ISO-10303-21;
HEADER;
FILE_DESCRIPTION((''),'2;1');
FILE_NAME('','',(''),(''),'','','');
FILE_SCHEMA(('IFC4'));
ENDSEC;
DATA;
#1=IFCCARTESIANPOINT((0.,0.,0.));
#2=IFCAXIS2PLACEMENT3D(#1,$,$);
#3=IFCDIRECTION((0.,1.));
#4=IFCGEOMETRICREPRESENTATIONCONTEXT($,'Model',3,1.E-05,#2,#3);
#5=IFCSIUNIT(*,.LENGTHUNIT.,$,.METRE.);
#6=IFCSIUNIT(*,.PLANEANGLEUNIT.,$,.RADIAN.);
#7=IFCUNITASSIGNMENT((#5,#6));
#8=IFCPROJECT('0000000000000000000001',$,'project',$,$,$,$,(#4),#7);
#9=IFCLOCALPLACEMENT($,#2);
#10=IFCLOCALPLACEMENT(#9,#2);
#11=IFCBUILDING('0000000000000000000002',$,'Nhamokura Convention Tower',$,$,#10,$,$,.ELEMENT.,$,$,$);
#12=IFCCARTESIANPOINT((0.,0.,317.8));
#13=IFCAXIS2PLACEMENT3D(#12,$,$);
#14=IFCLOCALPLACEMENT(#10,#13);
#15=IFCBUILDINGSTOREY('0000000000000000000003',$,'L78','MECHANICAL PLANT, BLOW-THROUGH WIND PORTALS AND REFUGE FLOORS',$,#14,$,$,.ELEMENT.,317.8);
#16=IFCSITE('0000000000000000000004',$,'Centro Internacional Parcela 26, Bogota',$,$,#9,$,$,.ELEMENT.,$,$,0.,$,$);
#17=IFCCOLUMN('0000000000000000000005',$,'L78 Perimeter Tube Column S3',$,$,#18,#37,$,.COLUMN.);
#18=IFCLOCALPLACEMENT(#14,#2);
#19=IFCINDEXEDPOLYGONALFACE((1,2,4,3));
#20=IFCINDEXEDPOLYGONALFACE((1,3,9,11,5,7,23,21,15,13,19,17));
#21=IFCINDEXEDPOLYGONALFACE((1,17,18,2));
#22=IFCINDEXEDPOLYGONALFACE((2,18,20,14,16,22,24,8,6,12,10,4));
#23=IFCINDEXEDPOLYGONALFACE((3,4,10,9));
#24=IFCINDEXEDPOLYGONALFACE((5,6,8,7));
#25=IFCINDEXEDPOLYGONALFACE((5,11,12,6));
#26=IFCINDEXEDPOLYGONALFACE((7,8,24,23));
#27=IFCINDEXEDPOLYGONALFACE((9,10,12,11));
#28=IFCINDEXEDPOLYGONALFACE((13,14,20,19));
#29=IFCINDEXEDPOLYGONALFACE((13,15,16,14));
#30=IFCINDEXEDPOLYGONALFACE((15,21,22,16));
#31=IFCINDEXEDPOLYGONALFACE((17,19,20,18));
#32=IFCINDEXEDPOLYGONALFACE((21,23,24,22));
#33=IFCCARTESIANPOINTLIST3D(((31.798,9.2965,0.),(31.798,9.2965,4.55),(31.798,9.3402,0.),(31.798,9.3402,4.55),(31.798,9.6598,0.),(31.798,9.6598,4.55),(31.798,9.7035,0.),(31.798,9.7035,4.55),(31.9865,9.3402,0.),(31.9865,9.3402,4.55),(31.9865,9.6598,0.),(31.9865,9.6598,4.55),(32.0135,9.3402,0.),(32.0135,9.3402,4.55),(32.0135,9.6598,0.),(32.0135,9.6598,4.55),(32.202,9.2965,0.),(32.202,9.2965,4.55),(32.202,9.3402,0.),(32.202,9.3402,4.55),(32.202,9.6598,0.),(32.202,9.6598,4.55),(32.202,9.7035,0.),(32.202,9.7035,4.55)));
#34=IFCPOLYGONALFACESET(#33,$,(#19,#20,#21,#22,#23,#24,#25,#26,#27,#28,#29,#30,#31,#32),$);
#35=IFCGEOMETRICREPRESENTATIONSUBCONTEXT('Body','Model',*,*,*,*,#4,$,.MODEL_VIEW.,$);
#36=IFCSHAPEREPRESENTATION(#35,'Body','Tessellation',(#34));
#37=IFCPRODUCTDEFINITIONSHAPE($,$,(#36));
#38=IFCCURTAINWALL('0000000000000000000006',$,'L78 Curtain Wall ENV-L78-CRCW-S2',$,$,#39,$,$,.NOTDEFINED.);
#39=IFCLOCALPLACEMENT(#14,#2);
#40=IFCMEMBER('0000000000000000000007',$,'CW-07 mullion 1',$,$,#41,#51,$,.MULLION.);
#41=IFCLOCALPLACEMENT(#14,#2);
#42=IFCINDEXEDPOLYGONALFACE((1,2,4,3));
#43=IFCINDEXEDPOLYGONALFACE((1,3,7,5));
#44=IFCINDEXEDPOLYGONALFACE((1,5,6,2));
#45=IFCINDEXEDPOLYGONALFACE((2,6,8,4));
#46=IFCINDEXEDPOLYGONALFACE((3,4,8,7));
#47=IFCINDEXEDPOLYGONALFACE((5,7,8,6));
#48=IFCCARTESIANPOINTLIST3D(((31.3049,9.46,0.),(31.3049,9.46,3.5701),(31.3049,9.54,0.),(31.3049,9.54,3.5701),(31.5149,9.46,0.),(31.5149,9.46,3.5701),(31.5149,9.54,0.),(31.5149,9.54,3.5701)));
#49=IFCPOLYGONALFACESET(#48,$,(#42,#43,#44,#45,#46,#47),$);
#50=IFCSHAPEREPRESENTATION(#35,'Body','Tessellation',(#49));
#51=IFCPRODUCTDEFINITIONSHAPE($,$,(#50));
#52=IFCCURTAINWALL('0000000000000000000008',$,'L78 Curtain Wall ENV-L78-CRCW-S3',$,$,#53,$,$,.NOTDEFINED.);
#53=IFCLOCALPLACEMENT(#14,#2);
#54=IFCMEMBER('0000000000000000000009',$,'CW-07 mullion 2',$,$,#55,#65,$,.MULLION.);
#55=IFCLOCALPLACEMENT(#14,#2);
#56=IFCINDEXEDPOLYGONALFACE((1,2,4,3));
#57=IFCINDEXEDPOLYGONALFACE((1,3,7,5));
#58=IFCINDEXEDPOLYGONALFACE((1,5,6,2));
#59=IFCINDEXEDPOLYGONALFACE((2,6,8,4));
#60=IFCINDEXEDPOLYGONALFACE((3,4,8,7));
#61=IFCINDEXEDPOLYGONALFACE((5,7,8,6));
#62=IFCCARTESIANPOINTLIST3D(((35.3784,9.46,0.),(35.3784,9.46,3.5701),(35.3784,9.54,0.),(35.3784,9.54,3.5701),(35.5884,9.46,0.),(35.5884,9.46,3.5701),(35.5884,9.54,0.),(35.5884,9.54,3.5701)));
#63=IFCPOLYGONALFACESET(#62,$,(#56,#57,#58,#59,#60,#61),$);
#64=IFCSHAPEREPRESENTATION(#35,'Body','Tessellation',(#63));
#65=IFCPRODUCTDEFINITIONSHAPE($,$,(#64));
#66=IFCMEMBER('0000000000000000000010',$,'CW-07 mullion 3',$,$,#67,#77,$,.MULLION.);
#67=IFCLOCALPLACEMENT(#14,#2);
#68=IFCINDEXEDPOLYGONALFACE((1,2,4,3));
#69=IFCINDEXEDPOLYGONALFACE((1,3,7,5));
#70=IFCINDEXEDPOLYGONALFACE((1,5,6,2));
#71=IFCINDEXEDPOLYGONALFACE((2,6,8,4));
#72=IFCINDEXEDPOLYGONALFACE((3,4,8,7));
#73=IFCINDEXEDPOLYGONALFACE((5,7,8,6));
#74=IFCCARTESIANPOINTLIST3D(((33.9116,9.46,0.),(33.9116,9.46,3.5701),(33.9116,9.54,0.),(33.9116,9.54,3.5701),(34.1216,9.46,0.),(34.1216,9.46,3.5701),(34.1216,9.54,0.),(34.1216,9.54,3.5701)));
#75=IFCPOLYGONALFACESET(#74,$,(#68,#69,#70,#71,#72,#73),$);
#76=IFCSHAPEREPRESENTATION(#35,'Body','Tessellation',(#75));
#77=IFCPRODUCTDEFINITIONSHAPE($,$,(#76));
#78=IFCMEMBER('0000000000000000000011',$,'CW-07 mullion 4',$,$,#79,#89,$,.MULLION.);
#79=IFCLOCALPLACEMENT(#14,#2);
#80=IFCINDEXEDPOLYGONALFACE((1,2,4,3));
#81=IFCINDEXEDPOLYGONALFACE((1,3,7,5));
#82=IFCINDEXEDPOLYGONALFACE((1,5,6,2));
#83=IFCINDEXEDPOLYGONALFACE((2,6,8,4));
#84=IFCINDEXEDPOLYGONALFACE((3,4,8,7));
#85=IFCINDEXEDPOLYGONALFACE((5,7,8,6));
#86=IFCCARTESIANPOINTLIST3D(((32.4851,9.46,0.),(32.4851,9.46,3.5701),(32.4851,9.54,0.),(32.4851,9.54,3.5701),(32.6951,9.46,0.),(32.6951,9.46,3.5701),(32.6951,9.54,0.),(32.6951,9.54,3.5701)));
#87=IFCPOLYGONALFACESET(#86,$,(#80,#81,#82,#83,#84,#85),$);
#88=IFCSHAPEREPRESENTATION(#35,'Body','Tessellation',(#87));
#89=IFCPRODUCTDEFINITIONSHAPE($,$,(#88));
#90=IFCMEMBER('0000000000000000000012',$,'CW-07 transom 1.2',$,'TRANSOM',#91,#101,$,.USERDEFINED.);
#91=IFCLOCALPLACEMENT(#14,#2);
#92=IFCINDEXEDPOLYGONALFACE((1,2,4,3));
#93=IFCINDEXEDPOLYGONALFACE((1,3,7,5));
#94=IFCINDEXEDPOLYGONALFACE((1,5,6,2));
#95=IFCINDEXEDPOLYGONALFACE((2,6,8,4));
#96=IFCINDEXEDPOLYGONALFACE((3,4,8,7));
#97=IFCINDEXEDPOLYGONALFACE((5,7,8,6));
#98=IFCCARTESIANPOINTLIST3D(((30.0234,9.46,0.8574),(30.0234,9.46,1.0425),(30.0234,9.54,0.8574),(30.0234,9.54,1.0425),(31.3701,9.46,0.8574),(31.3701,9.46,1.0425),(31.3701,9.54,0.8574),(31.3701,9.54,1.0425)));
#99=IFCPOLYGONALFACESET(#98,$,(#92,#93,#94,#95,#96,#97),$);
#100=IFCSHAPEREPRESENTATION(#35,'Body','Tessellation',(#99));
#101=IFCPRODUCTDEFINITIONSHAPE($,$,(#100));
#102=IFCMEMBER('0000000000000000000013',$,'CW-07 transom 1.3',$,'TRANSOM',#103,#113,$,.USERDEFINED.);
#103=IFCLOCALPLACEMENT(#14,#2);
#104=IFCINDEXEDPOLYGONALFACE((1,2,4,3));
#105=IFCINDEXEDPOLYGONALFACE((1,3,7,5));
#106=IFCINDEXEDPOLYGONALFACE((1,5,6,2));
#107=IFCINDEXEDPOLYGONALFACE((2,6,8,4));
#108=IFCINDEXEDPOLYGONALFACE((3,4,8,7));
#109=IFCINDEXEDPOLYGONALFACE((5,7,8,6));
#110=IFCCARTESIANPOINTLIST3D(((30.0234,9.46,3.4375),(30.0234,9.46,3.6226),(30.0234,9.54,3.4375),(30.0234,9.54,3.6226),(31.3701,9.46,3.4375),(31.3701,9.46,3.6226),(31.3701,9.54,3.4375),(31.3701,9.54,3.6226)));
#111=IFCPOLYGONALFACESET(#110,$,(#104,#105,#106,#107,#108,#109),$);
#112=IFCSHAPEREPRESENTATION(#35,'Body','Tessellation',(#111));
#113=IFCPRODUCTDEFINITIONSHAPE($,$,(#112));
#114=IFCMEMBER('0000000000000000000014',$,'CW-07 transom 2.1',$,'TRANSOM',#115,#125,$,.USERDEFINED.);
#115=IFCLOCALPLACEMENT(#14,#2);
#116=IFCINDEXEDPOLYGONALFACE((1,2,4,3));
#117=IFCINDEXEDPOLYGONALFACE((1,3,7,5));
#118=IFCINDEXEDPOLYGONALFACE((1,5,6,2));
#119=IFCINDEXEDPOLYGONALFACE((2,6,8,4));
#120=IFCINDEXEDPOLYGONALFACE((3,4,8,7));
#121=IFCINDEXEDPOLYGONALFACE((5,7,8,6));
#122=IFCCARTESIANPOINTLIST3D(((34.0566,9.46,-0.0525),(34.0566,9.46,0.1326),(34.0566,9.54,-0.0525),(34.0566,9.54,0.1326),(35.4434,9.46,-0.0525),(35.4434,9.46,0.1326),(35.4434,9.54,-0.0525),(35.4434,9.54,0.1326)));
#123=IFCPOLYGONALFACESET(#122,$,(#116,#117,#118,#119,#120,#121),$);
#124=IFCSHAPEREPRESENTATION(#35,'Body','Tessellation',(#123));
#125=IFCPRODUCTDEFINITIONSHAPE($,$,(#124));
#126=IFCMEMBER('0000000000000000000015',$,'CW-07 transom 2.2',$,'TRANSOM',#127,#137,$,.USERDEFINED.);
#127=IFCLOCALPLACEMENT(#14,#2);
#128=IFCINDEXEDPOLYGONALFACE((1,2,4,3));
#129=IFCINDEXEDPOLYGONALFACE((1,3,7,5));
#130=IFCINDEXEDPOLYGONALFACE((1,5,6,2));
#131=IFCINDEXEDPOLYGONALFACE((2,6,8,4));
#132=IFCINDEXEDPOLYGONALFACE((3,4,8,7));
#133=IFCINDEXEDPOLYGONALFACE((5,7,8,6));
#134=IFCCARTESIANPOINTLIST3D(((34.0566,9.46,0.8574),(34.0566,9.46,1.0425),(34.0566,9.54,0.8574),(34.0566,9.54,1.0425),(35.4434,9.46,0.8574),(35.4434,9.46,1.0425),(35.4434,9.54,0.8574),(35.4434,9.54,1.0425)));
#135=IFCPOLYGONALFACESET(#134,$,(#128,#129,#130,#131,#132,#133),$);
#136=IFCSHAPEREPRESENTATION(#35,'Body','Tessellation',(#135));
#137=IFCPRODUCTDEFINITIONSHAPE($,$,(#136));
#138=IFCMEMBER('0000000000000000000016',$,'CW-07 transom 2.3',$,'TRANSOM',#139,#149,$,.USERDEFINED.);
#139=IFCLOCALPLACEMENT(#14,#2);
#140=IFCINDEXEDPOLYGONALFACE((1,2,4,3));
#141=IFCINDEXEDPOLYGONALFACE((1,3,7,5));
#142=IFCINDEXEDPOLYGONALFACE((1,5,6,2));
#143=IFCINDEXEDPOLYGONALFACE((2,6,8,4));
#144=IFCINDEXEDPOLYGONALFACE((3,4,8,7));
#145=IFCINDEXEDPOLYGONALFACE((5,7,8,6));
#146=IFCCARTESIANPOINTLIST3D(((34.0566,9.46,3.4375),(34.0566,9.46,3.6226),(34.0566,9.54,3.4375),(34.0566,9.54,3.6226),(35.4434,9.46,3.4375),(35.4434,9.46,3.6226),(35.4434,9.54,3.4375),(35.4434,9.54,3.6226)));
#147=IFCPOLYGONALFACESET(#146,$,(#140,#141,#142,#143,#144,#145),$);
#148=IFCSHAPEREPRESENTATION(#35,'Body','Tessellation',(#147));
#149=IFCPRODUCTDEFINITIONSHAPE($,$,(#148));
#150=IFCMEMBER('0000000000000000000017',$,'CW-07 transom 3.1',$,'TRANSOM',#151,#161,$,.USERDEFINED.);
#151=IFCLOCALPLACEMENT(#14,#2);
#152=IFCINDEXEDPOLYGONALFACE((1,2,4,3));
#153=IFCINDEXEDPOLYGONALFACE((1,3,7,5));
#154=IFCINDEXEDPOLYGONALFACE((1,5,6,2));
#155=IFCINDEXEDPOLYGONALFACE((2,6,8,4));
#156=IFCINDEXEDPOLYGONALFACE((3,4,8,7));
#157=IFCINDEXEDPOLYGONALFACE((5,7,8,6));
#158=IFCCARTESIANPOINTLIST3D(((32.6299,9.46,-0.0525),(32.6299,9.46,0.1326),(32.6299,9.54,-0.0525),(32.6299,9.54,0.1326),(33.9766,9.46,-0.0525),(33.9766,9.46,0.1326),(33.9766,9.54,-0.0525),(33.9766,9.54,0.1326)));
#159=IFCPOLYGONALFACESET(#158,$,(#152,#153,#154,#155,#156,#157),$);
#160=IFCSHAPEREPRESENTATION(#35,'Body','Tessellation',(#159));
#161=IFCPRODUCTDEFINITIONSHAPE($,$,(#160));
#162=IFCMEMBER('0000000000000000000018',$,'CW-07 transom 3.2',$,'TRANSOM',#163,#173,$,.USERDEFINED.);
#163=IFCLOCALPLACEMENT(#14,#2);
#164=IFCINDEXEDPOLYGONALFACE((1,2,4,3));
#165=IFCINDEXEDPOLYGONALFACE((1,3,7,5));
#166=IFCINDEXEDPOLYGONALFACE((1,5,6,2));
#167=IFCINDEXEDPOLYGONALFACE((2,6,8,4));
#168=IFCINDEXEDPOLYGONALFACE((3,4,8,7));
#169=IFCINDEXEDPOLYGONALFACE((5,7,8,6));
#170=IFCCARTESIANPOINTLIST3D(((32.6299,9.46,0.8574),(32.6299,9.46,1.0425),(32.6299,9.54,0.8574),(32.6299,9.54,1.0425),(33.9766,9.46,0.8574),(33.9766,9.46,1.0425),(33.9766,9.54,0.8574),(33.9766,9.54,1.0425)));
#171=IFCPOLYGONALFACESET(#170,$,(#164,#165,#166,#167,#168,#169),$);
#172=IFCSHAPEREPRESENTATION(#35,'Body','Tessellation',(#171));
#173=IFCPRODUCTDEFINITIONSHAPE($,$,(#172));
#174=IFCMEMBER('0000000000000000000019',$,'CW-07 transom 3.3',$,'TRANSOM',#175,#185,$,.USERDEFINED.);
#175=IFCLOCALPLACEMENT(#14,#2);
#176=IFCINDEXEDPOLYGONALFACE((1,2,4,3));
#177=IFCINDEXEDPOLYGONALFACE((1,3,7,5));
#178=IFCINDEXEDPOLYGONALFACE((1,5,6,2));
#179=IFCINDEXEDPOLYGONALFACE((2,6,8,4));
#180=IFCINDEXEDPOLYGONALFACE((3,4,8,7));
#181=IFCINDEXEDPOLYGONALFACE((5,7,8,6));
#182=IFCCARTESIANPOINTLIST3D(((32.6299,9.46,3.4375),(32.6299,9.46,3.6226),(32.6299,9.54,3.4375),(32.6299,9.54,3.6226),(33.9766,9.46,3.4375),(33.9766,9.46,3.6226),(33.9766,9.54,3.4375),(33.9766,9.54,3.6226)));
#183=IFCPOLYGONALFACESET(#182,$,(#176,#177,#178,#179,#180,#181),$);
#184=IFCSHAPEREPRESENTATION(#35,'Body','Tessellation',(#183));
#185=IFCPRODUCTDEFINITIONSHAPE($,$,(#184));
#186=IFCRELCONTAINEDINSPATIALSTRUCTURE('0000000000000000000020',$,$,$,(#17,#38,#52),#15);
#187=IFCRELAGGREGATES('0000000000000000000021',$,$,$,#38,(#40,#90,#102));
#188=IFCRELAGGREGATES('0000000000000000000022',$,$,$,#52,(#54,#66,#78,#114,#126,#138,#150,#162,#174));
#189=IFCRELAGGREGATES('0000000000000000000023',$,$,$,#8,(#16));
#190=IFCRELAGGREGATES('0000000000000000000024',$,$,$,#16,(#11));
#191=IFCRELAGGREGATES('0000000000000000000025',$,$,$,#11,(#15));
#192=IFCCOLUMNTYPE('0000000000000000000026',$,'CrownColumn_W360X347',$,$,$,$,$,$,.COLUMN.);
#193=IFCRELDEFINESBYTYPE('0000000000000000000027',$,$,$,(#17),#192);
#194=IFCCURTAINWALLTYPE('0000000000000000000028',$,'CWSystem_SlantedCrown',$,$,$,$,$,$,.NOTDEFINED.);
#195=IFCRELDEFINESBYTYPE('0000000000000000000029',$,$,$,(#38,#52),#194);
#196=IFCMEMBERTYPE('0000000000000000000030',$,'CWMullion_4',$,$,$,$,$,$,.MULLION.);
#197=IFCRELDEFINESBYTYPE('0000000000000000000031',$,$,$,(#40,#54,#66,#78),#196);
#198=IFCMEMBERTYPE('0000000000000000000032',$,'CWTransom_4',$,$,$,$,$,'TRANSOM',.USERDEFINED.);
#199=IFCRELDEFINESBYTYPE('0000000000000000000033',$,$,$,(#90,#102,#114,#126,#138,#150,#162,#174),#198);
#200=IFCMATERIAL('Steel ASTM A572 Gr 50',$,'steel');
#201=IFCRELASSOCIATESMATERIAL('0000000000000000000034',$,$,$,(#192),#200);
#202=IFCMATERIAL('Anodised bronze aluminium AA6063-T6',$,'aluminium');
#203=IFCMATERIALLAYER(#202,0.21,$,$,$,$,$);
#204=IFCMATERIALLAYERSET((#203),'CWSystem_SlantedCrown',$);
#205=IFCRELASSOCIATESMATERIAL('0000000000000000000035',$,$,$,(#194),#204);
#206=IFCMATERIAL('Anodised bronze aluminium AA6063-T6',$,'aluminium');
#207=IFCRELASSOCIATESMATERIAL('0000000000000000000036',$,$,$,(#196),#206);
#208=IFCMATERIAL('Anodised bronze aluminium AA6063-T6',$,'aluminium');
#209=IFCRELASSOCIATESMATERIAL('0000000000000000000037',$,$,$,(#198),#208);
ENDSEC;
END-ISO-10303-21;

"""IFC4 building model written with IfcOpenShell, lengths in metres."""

from ifc_helpers import new_model, si_unit, direction, frame, origin, origin_2d, place, context, subcontext, project, spatial, rectangle, i_section, extrude, material, layer, layer_set, material_profile, profile_set, type_object, element, aggregate, save


model = new_model("IFC4")

# Units and contexts
model_context = context("Model", 3, precision=1e-05, world=origin(), true_north=direction((0.0, 1.0)))
body_context = subcontext(model_context, "Body", "Model", "MODEL_VIEW")
ifc_project = project(units=[si_unit("LENGTHUNIT", "METRE"), si_unit("PLANEANGLEUNIT", "RADIAN")], contexts=[model_context])

# Site, building, storey
site_placement = place(None, origin())
site = spatial("IfcSite", under=ifc_project, at=site_placement, Name="Centro Internacional Parcela 26, Bogota", CompositionType="ELEMENT", RefElevation=0.0)
building_placement = place(site_placement, origin())
building = spatial("IfcBuilding", under=site, at=building_placement, Name="Nhamokura Convention Tower", CompositionType="ELEMENT")
storey_placement = place(building_placement, frame((0.0, 0.0, 317.8)))
storey = spatial("IfcBuildingStorey", under=building, at=storey_placement, Name="L78", Description="MECHANICAL PLANT, BLOW-THROUGH WIND PORTALS AND REFUGE FLOORS", CompositionType="ELEMENT", Elevation=317.8)

# Column
ifc_material_1 = material(Name="Steel ASTM A572 Gr 50", Category="steel")
ifc_material_profile_1 = material_profile(ifc_material_1, i_section(OverallWidth=0.4041, OverallDepth=0.407, WebThickness=0.0271, FlangeThickness=0.0437, at=origin_2d()))
ifc_profile_set_1 = profile_set([ifc_material_profile_1], Name="Steel ASTM A572 Gr 50")
column_type = type_object("IfcColumnType", Name="CrownColumn_W360X347", PredefinedType="COLUMN", material=ifc_profile_set_1)
column_placement = place(storey_placement, frame((32.0, 9.5, 0.0), z_axis=(0.0, 0.0, 1.0), x_axis=(1.0, 0.0, 0.0)))
element("IfcColumn", 1, at=column_placement, inside=storey, type_object=column_type, Name="L78 Perimeter Tube Column S3", PredefinedType="COLUMN", context=body_context, shape_type="SweptSolid", body=[
    extrude(i_section(OverallWidth=0.4041, OverallDepth=0.407, WebThickness=0.0271, FlangeThickness=0.0437, at=origin_2d()), origin(), (0.0, 0.0, 1.0), 4.55),
])

# Curtain wall, member
ifc_material_2 = material(Name="Anodised bronze aluminium AA6063-T6", Category="aluminium")
ifc_layer_1 = layer(ifc_material_2, 0.21)
ifc_layer_set_1 = layer_set([ifc_layer_1], Name="CWSystem_SlantedCrown")
curtain_wall_type = type_object("IfcCurtainWallType", Name="CWSystem_SlantedCrown", PredefinedType="NOTDEFINED", material=ifc_layer_set_1)
curtain_wall_1_placement = place(storey_placement, origin())
curtain_wall_1 = element("IfcCurtainWall", 2, at=curtain_wall_1_placement, inside=storey, type_object=curtain_wall_type, Name="L78 Curtain Wall ENV-L78-CRCW-S2", PredefinedType="NOTDEFINED")
ifc_material_3 = material(Name="Anodised bronze aluminium AA6063-T6", Category="aluminium")
ifc_material_profile_2 = material_profile(ifc_material_3, rectangle(XDim=0.0801, YDim=0.21, at=origin_2d()))
ifc_profile_set_2 = profile_set([ifc_material_profile_2], Name="Anodised bronze aluminium AA6063-T6")
member_type_1 = type_object("IfcMemberType", Name="CWMullion_4", PredefinedType="MULLION", material=ifc_profile_set_2)
member_1_placement = place(storey_placement, frame((31.4099, 9.5, 0.0), z_axis=(0.0, 0.0, 1.0), x_axis=(0.0, -1.0, 0.0)))
member_1 = element("IfcMember", 3, at=member_1_placement, type_object=member_type_1, Name="CW-07 mullion 1", PredefinedType="MULLION", context=body_context, shape_type="SweptSolid", body=[
    extrude(rectangle(XDim=0.0801, YDim=0.21, at=origin_2d()), origin(), (0.0, 0.0, 1.0), 3.5701),
])

# Curtain wall, members
curtain_wall_2_placement = place(storey_placement, origin())
curtain_wall_2 = element("IfcCurtainWall", 4, at=curtain_wall_2_placement, inside=storey, type_object=curtain_wall_type, Name="L78 Curtain Wall ENV-L78-CRCW-S3", PredefinedType="NOTDEFINED")
member_2_placement = place(storey_placement, frame((35.4834, 9.5, 0.0), z_axis=(0.0, 0.0, 1.0), x_axis=(0.0, -1.0, 0.0)))
member_2 = element("IfcMember", 5, at=member_2_placement, type_object=member_type_1, Name="CW-07 mullion 2", PredefinedType="MULLION", context=body_context, shape_type="SweptSolid", body=[
    extrude(rectangle(XDim=0.0801, YDim=0.21, at=origin_2d()), origin(), (0.0, 0.0, 1.0), 3.5701),
])
member_3_placement = place(storey_placement, frame((34.0166, 9.5, 0.0), z_axis=(0.0, 0.0, 1.0), x_axis=(0.0, -1.0, 0.0)))
member_3 = element("IfcMember", 6, at=member_3_placement, type_object=member_type_1, Name="CW-07 mullion 3", PredefinedType="MULLION", context=body_context, shape_type="SweptSolid", body=[
    extrude(rectangle(XDim=0.0801, YDim=0.21, at=origin_2d()), origin(), (0.0, 0.0, 1.0), 3.5701),
])
member_4_placement = place(storey_placement, frame((32.5901, 9.5, 0.0), z_axis=(0.0, 0.0, 1.0), x_axis=(0.0, -1.0, 0.0)))
member_4 = element("IfcMember", 7, at=member_4_placement, type_object=member_type_1, Name="CW-07 mullion 4", PredefinedType="MULLION", context=body_context, shape_type="SweptSolid", body=[
    extrude(rectangle(XDim=0.0801, YDim=0.21, at=origin_2d()), origin(), (0.0, 0.0, 1.0), 3.5701),
])

# Members
ifc_material_4 = material(Name="Anodised bronze aluminium AA6063-T6", Category="aluminium")
ifc_material_profile_3 = material_profile(ifc_material_4, rectangle(XDim=0.0801, YDim=0.1851, at=origin_2d()))
ifc_profile_set_3 = profile_set([ifc_material_profile_3], Name="Anodised bronze aluminium AA6063-T6")
member_type_2 = type_object("IfcMemberType", Name="CWTransom_4", ElementType="TRANSOM", PredefinedType="USERDEFINED", material=ifc_profile_set_3)
member_5_placement = place(storey_placement, frame((31.3701, 9.5, 0.95), z_axis=(-1.0, 0.0, 0.0), x_axis=(0.0, -1.0, 0.0)))
member_5 = element("IfcMember", 8, at=member_5_placement, type_object=member_type_2, Name="CW-07 transom 1.2", ObjectType="TRANSOM", PredefinedType="USERDEFINED", context=body_context, shape_type="SweptSolid", body=[
    extrude(rectangle(XDim=0.0801, YDim=0.1851, at=origin_2d()), origin(), (0.0, 0.0, 1.0), 1.3467),
])
member_6_placement = place(storey_placement, frame((31.3701, 9.5, 3.53), z_axis=(-1.0, 0.0, 0.0), x_axis=(0.0, -1.0, 0.0)))
member_6 = element("IfcMember", 9, at=member_6_placement, type_object=member_type_2, Name="CW-07 transom 1.3", ObjectType="TRANSOM", PredefinedType="USERDEFINED", context=body_context, shape_type="SweptSolid", body=[
    extrude(rectangle(XDim=0.0801, YDim=0.1851, at=origin_2d()), origin(), (0.0, 0.0, 1.0), 1.3467),
])
aggregate(curtain_wall_1, [member_1, member_5, member_6])
member_7_placement = place(storey_placement, frame((35.4434, 9.5, 0.04), z_axis=(-1.0, 0.0, 0.0), x_axis=(0.0, -1.0, 0.0)))
member_7 = element("IfcMember", 10, at=member_7_placement, type_object=member_type_2, Name="CW-07 transom 2.1", ObjectType="TRANSOM", PredefinedType="USERDEFINED", context=body_context, shape_type="SweptSolid", body=[
    extrude(rectangle(XDim=0.0801, YDim=0.1851, at=origin_2d()), origin(), (0.0, 0.0, 1.0), 1.3867),
])
member_8_placement = place(storey_placement, frame((35.4434, 9.5, 0.95), z_axis=(-1.0, 0.0, 0.0), x_axis=(0.0, -1.0, 0.0)))
member_8 = element("IfcMember", 11, at=member_8_placement, type_object=member_type_2, Name="CW-07 transom 2.2", ObjectType="TRANSOM", PredefinedType="USERDEFINED", context=body_context, shape_type="SweptSolid", body=[
    extrude(rectangle(XDim=0.0801, YDim=0.1851, at=origin_2d()), origin(), (0.0, 0.0, 1.0), 1.3867),
])
member_9_placement = place(storey_placement, frame((35.4434, 9.5, 3.53), z_axis=(-1.0, 0.0, 0.0), x_axis=(0.0, -1.0, 0.0)))
member_9 = element("IfcMember", 12, at=member_9_placement, type_object=member_type_2, Name="CW-07 transom 2.3", ObjectType="TRANSOM", PredefinedType="USERDEFINED", context=body_context, shape_type="SweptSolid", body=[
    extrude(rectangle(XDim=0.0801, YDim=0.1851, at=origin_2d()), origin(), (0.0, 0.0, 1.0), 1.3867),
])
member_10_placement = place(storey_placement, frame((33.9766, 9.5, 0.04), z_axis=(-1.0, 0.0, 0.0), x_axis=(0.0, -1.0, 0.0)))
member_10 = element("IfcMember", 13, at=member_10_placement, type_object=member_type_2, Name="CW-07 transom 3.1", ObjectType="TRANSOM", PredefinedType="USERDEFINED", context=body_context, shape_type="SweptSolid", body=[
    extrude(rectangle(XDim=0.0801, YDim=0.1851, at=origin_2d()), origin(), (0.0, 0.0, 1.0), 1.3467),
])
member_11_placement = place(storey_placement, frame((33.9766, 9.5, 0.95), z_axis=(-1.0, 0.0, 0.0), x_axis=(0.0, -1.0, 0.0)))
member_11 = element("IfcMember", 14, at=member_11_placement, type_object=member_type_2, Name="CW-07 transom 3.2", ObjectType="TRANSOM", PredefinedType="USERDEFINED", context=body_context, shape_type="SweptSolid", body=[
    extrude(rectangle(XDim=0.0801, YDim=0.1851, at=origin_2d()), origin(), (0.0, 0.0, 1.0), 1.3467),
])
member_12_placement = place(storey_placement, frame((33.9766, 9.5, 3.53), z_axis=(-1.0, 0.0, 0.0), x_axis=(0.0, -1.0, 0.0)))
member_12 = element("IfcMember", 15, at=member_12_placement, type_object=member_type_2, Name="CW-07 transom 3.3", ObjectType="TRANSOM", PredefinedType="USERDEFINED", context=body_context, shape_type="SweptSolid", body=[
    extrude(rectangle(XDim=0.0801, YDim=0.1851, at=origin_2d()), origin(), (0.0, 0.0, 1.0), 1.3467),
])

aggregate(curtain_wall_2, [member_2, member_3, member_4, member_7, member_8, member_9, member_10, member_11, member_12])

save(model, "model.ifc")
